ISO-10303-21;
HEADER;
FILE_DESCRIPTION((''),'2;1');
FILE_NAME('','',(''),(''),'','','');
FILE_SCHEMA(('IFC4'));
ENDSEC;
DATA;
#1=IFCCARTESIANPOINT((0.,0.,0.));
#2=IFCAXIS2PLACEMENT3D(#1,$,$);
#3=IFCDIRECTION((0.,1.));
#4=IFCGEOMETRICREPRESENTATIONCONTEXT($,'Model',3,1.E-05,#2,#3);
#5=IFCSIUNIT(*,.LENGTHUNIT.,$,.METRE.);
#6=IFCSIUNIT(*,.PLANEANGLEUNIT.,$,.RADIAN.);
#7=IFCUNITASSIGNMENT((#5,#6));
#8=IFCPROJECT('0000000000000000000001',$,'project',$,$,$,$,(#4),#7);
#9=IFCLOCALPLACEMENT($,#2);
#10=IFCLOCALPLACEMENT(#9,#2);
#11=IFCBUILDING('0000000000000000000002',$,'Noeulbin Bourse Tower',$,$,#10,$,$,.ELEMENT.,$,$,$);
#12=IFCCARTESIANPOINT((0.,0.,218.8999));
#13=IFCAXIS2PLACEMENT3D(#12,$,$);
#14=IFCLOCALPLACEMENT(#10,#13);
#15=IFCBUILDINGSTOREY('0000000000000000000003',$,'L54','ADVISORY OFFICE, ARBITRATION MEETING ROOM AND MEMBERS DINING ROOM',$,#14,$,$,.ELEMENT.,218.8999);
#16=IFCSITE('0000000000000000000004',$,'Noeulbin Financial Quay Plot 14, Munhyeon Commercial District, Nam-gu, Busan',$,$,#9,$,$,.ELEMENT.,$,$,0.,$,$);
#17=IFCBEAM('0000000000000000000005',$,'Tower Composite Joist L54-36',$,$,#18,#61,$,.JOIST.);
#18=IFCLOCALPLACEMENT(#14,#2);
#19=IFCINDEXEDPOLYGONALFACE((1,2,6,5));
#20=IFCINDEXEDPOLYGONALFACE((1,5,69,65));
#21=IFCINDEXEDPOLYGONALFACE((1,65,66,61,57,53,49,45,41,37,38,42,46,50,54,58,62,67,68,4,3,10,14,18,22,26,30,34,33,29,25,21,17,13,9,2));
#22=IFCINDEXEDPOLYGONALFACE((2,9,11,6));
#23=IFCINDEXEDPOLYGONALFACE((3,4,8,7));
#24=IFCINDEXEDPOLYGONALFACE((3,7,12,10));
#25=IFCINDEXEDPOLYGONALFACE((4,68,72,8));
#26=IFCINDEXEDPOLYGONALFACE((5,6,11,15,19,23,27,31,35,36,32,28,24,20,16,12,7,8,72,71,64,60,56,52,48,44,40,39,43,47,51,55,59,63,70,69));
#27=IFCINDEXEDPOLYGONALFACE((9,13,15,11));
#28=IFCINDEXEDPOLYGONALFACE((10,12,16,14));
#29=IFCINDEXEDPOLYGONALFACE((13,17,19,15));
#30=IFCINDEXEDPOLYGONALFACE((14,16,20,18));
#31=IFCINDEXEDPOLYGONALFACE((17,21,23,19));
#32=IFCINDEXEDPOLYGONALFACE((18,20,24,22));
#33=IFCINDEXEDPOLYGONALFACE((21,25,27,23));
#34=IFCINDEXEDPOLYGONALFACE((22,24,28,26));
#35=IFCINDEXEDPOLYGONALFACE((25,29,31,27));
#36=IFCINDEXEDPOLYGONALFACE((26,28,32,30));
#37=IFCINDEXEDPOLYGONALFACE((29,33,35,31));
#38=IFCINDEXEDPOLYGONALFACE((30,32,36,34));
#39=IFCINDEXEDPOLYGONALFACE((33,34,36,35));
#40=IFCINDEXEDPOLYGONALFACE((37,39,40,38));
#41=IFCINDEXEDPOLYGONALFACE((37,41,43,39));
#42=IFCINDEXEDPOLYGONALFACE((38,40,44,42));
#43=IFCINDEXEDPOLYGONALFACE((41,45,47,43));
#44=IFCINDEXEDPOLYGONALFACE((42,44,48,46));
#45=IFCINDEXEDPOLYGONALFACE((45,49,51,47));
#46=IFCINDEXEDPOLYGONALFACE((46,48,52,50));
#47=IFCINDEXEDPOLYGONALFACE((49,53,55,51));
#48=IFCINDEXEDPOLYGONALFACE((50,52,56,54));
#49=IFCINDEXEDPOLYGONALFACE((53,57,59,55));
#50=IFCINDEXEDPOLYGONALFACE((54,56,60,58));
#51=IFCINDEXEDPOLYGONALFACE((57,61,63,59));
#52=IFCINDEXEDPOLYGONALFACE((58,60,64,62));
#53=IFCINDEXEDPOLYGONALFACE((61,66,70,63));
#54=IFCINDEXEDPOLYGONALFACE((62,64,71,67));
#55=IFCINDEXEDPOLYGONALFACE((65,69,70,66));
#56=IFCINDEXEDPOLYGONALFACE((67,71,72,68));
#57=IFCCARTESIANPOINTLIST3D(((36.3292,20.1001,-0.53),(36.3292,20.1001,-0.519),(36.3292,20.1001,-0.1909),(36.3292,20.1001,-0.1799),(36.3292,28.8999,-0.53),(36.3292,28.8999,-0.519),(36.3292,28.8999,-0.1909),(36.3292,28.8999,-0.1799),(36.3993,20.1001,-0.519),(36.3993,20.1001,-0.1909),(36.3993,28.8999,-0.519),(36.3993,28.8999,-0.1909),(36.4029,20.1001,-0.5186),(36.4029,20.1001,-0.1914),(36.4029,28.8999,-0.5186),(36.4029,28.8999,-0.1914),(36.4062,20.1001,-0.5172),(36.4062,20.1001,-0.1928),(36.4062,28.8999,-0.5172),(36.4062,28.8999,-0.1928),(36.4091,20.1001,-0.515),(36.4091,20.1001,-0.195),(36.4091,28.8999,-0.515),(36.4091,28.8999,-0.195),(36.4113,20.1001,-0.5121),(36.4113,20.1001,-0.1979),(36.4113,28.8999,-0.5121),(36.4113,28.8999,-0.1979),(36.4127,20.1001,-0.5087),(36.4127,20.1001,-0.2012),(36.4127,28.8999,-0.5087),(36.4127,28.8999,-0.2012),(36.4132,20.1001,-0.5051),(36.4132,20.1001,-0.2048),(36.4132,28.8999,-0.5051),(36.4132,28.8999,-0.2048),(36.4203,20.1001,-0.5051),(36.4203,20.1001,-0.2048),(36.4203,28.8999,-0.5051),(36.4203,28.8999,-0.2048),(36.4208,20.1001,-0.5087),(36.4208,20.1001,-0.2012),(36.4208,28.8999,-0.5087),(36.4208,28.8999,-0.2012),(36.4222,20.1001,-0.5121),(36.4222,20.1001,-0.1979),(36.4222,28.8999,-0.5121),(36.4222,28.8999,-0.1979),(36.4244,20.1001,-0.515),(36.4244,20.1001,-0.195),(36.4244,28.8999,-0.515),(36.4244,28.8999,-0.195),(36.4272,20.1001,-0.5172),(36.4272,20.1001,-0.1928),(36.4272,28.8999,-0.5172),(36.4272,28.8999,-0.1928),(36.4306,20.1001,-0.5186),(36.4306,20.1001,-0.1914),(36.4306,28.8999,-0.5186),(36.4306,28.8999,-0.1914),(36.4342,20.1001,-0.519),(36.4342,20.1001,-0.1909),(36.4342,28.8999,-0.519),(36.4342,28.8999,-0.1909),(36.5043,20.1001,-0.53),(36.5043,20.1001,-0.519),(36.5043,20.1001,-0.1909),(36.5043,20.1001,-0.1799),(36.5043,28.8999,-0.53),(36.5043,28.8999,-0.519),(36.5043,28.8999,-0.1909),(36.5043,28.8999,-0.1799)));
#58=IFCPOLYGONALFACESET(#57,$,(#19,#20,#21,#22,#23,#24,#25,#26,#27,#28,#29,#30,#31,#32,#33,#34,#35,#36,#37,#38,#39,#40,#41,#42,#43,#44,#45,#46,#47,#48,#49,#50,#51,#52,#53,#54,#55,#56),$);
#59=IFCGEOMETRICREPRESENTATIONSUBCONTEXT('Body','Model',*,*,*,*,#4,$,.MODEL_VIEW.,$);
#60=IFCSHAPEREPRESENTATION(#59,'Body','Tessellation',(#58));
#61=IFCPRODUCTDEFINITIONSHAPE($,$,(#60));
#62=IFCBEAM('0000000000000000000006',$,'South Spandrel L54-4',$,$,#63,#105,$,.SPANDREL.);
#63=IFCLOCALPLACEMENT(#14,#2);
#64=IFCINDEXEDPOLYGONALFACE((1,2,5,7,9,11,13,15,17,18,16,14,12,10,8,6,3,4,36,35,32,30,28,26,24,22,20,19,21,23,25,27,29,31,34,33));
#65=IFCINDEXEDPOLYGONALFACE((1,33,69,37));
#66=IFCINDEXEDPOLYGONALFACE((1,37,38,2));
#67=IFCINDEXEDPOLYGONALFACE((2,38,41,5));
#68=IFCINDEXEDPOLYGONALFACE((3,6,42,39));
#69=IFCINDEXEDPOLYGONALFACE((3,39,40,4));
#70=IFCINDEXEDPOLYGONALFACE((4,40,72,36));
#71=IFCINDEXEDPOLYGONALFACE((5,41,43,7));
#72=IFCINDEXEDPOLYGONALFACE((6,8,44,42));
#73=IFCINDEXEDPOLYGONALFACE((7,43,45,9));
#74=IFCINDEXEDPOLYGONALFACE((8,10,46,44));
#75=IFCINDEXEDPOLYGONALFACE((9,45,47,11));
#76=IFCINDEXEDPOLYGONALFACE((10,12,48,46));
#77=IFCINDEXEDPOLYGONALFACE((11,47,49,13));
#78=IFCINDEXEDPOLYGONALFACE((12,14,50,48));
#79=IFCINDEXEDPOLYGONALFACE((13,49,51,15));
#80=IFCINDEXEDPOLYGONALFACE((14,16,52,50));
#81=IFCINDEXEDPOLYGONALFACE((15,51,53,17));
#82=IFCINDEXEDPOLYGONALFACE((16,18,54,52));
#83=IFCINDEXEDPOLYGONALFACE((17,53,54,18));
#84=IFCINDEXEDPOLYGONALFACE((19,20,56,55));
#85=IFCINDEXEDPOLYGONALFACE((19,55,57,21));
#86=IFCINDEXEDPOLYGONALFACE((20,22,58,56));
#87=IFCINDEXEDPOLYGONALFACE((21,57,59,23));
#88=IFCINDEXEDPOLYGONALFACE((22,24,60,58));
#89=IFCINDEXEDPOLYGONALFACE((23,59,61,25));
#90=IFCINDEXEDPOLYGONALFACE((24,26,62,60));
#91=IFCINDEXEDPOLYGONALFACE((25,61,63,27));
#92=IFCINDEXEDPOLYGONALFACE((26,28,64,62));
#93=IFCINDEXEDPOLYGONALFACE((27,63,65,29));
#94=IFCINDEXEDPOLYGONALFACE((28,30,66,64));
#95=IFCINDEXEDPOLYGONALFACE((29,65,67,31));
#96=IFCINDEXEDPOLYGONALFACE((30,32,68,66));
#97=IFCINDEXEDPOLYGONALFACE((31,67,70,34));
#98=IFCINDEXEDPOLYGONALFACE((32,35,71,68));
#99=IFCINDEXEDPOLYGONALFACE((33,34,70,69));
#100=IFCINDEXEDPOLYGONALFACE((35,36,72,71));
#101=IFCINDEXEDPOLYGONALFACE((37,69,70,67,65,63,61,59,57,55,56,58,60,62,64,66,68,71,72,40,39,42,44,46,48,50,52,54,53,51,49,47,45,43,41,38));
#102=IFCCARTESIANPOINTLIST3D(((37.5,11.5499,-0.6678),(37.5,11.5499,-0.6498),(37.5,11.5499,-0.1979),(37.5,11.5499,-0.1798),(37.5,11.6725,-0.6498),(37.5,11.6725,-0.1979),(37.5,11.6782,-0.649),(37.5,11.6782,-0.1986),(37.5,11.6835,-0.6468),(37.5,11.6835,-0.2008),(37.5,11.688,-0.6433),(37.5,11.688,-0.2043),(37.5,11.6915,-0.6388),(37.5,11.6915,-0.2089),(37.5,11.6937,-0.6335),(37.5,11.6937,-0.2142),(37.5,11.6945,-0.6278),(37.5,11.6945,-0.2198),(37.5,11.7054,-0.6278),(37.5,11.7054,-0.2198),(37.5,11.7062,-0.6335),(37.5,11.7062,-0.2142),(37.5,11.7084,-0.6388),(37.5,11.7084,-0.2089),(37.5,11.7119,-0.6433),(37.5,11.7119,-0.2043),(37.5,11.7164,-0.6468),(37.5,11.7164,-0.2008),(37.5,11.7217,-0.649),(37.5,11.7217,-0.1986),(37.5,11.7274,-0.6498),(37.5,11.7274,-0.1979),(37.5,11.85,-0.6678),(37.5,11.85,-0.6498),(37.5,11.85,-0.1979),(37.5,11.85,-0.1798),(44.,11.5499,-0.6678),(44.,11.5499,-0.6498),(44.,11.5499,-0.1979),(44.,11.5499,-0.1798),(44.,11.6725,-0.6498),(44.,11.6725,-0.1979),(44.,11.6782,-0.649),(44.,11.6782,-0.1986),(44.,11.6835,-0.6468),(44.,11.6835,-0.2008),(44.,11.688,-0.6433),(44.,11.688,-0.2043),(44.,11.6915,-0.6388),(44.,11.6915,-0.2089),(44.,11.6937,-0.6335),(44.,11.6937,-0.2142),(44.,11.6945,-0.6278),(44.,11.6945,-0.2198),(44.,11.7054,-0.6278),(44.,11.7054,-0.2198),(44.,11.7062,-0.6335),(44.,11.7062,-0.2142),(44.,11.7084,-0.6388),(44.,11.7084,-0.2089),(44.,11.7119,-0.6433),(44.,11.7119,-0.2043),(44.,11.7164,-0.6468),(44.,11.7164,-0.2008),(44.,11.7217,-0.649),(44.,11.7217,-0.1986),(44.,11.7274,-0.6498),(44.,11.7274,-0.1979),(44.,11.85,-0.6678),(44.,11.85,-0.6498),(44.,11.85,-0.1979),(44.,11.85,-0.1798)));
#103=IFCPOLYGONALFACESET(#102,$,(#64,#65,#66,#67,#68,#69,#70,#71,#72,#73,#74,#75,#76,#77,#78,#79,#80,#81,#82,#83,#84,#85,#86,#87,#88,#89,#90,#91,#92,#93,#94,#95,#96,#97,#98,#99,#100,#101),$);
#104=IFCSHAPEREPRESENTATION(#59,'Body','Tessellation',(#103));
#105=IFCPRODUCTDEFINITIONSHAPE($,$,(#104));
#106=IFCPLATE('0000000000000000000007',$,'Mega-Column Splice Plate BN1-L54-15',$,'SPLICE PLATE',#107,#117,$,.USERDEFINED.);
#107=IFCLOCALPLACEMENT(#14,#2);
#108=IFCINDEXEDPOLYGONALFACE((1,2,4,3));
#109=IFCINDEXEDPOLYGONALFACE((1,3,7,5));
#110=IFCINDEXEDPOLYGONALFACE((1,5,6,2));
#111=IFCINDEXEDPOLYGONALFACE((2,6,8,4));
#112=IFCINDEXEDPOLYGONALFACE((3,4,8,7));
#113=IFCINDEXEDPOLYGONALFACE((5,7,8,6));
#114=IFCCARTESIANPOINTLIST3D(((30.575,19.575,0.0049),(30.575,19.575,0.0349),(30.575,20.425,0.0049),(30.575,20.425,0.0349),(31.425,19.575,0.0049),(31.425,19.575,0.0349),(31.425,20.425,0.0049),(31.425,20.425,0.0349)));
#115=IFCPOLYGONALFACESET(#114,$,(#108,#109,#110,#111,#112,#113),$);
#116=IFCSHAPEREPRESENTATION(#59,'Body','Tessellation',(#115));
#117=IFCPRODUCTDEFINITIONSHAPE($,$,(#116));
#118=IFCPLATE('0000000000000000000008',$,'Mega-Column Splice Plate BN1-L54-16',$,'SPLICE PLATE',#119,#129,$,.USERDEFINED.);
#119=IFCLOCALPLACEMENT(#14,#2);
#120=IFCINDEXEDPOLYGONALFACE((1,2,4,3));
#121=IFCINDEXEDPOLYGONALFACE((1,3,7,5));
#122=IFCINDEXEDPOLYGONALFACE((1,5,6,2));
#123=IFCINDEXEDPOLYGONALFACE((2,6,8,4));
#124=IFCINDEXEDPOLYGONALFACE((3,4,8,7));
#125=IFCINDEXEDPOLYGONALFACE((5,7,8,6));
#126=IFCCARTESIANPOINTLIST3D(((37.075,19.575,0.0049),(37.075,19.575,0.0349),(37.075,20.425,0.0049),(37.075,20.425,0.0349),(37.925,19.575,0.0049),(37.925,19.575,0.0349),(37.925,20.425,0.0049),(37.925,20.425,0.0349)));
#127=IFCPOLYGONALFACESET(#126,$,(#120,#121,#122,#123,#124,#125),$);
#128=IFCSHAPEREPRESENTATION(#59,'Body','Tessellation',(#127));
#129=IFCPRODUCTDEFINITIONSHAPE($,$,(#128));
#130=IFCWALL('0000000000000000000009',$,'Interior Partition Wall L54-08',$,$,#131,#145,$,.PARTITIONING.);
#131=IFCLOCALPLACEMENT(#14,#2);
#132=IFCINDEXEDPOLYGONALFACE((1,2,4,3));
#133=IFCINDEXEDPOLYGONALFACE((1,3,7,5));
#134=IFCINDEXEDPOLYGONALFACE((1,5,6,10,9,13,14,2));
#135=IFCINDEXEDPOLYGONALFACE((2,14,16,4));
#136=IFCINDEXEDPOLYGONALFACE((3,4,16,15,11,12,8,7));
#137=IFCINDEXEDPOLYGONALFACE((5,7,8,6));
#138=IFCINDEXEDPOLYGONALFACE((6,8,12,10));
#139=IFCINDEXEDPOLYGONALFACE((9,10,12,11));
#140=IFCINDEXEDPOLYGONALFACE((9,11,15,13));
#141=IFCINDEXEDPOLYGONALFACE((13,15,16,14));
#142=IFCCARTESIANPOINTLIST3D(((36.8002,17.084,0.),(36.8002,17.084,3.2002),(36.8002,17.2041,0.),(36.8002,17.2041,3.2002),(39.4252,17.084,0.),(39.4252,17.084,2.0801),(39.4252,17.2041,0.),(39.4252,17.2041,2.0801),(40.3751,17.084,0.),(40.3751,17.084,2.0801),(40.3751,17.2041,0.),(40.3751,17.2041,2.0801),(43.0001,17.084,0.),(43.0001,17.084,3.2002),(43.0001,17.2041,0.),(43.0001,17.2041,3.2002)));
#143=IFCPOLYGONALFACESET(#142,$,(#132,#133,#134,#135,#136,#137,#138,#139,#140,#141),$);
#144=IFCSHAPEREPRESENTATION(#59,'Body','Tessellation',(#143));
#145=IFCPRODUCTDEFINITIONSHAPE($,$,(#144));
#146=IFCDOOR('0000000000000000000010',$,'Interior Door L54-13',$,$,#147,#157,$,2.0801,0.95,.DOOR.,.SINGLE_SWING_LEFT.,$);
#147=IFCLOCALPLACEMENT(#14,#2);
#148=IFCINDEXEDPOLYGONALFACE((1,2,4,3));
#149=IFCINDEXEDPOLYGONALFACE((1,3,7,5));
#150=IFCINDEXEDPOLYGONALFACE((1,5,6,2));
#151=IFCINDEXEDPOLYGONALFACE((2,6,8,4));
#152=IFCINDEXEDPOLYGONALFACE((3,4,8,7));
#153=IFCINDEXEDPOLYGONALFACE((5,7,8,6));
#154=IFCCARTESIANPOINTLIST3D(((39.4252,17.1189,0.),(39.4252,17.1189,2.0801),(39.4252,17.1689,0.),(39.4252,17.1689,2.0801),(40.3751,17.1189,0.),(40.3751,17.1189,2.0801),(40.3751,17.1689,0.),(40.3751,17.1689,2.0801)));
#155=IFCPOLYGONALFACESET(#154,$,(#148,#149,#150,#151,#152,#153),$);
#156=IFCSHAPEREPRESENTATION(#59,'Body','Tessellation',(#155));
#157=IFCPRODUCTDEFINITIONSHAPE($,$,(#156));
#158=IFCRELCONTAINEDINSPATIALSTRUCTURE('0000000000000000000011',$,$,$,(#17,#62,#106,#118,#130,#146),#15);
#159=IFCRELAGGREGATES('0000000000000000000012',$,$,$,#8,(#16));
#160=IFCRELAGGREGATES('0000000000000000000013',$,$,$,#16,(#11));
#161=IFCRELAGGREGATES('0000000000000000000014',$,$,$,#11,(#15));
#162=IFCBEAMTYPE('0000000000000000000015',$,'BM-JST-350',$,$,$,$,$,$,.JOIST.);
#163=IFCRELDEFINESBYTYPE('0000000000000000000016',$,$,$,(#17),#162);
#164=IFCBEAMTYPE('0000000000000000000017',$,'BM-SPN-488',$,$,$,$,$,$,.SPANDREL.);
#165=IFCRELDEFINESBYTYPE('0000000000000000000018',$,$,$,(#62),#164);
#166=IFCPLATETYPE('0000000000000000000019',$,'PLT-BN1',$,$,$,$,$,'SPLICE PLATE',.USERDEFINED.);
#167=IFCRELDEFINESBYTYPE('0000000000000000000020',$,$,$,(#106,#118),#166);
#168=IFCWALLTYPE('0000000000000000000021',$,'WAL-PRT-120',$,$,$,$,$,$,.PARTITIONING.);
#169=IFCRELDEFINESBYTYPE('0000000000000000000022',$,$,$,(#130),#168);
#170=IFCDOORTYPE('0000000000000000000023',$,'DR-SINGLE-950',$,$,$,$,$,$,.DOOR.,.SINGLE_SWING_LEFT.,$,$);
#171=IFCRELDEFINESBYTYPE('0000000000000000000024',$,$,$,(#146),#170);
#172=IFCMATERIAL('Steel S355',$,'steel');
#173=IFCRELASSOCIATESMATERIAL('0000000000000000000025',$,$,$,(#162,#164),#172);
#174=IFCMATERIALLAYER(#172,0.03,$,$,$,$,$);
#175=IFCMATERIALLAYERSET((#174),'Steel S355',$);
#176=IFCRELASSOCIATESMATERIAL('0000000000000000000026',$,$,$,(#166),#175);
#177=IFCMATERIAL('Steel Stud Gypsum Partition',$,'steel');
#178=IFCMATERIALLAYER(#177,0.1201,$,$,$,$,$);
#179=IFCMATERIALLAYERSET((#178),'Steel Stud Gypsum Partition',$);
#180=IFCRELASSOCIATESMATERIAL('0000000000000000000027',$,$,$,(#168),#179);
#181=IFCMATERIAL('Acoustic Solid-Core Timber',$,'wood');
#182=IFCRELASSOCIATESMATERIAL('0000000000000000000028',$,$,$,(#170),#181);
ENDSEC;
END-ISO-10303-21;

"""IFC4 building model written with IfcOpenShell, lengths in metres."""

from ifc_helpers import new_model, si_unit, direction, frame, frame_2d, origin, origin_2d, place, context, subcontext, project, spatial, rectangle, i_section, extrude, material, layer, layer_set, material_profile, profile_set, type_object, element, fill, save


model = new_model("IFC4")

# Units and contexts
model_context = context("Model", 3, precision=1e-05, world=origin(), true_north=direction((0.0, 1.0)))
body_context = subcontext(model_context, "Body", "Model", "MODEL_VIEW")
ifc_project = project(units=[si_unit("LENGTHUNIT", "METRE"), si_unit("PLANEANGLEUNIT", "RADIAN")], contexts=[model_context])

# Site, building, storey
site_placement = place(None, origin())
site = spatial("IfcSite", under=ifc_project, at=site_placement, Name="Noeulbin Financial Quay Plot 14, Munhyeon Commercial District, Nam-gu, Busan", CompositionType="ELEMENT", RefElevation=0.0)
building_placement = place(site_placement, origin())
building = spatial("IfcBuilding", under=site, at=building_placement, Name="Noeulbin Bourse Tower", CompositionType="ELEMENT")
storey_placement = place(building_placement, frame((0.0, 0.0, 218.8999)))
storey = spatial("IfcBuildingStorey", under=building, at=storey_placement, Name="L54", Description="ADVISORY OFFICE, ARBITRATION MEETING ROOM AND MEMBERS DINING ROOM", CompositionType="ELEMENT", Elevation=218.8999)

# Shared definitions
ifc_material_1 = material(Name="Steel S355", Category="steel")

# Beams
ifc_material_profile_1 = material_profile(ifc_material_1, i_section(OverallWidth=0.175, OverallDepth=0.3501, WebThickness=0.0071, FlangeThickness=0.011, FilletRadius=0.0139, at=origin_2d()), Name="H-350x175x7x11", Category="LoadBearing")
ifc_profile_set_1 = profile_set([ifc_material_profile_1], Name="Steel S355")
beam_type_1 = type_object("IfcBeamType", Name="BM-JST-350", PredefinedType="JOIST", material=ifc_profile_set_1)
beam_1_placement = place(storey_placement, frame((36.4167, 20.1001, -0.355), z_axis=(0.0, 1.0, 0.0), x_axis=(-1.0, 0.0, 0.0)))
element("IfcBeam", 1, at=beam_1_placement, inside=storey, type_object=beam_type_1, Name="Tower Composite Joist L54-36", PredefinedType="JOIST", context=body_context, shape_type="SweptSolid", body=[
    extrude(i_section(OverallWidth=0.175, OverallDepth=0.3501, WebThickness=0.0071, FlangeThickness=0.011, FilletRadius=0.0139, at=origin_2d()), origin(), (0.0, 0.0, 1.0), 8.7998),
])
ifc_material_profile_2 = material_profile(ifc_material_1, i_section(OverallWidth=0.3, OverallDepth=0.488, WebThickness=0.011, FlangeThickness=0.0181, FilletRadius=0.022, at=origin_2d()), Name="H-488x300x11x18", Category="LoadBearing")
ifc_profile_set_2 = profile_set([ifc_material_profile_2], Name="Steel S355")
beam_type_2 = type_object("IfcBeamType", Name="BM-SPN-488", PredefinedType="SPANDREL", material=ifc_profile_set_2)
beam_2_placement = place(storey_placement, frame((37.5, 11.7, -0.4238), z_axis=(1.0, 0.0, 0.0), x_axis=(0.0, 1.0, 0.0)))
element("IfcBeam", 2, at=beam_2_placement, inside=storey, type_object=beam_type_2, Name="South Spandrel L54-4", PredefinedType="SPANDREL", context=body_context, shape_type="SweptSolid", body=[
    extrude(i_section(OverallWidth=0.3, OverallDepth=0.488, WebThickness=0.011, FlangeThickness=0.0181, FilletRadius=0.022, at=origin_2d()), origin(), (0.0, 0.0, 1.0), 6.5),
])

# Plates
ifc_layer_1 = layer(ifc_material_1, 0.03)
ifc_layer_set_1 = layer_set([ifc_layer_1], Name="Steel S355")
plate_type = type_object("IfcPlateType", Name="PLT-BN1", ElementType="SPLICE PLATE", PredefinedType="USERDEFINED", material=ifc_layer_set_1)
for number, where, z_axis, x_axis, name in (
    (3, (31.0, 20.0, 0.0049), (0.0, 0.0, 1.0), (1.0, 0.0, 0.0), "Mega-Column Splice Plate BN1-L54-15"),
    (4, (37.5, 20.0, 0.0049), (0.0, 0.0, 1.0), (1.0, 0.0, 0.0), "Mega-Column Splice Plate BN1-L54-16"),
):
    element("IfcPlate", number, at=place(storey_placement, frame(where, z_axis=z_axis, x_axis=x_axis)), inside=storey, type_object=plate_type, Name=name, ObjectType="SPLICE PLATE", PredefinedType="USERDEFINED", context=body_context, shape_type="SweptSolid", body=[
        extrude(rectangle(XDim=0.8501, YDim=0.8501, at=origin_2d()), origin(), (0.0, 0.0, 1.0), 0.03),
    ])

# Wall, opening, door
ifc_material_2 = material(Name="Steel Stud Gypsum Partition", Category="steel")
ifc_layer_2 = layer(ifc_material_2, 0.1201)
ifc_layer_set_2 = layer_set([ifc_layer_2], Name="Steel Stud Gypsum Partition")
wall_type = type_object("IfcWallType", Name="WAL-PRT-120", PredefinedType="PARTITIONING", material=ifc_layer_set_2)
wall_placement = place(storey_placement, frame((36.8, 17.144, 0.0), z_axis=(0.0, 0.0, 1.0), x_axis=(1.0, 0.0, 0.0)))
wall = element("IfcWall", 5, at=wall_placement, inside=storey, type_object=wall_type, Name="Interior Partition Wall L54-08", PredefinedType="PARTITIONING", context=body_context, shape_type="SweptSolid", body=[
    extrude(rectangle(XDim=6.2, YDim=0.1201, at=frame_2d((3.1001, 0.0))), origin(), (0.0, 0.0, 1.0), 3.2002),
])
opening_placement = place(wall_placement, frame((2.625, 0.0, 0.0)))
opening = element("IfcOpeningElement", 6, at=opening_placement, cuts=wall, PredefinedType="OPENING", context=body_context, shape_type="SweptSolid", body=[
    extrude(rectangle(XDim=0.95, YDim=2.0801, at=frame_2d((0.4751, 1.04))), frame((0.0, 0.0701, 0.0), z_axis=(0.0, -1.0, 0.0), x_axis=(1.0, 0.0, 0.0)), (0.0, 0.0, 1.0), 0.1401),
])
ifc_material_3 = material(Name="Acoustic Solid-Core Timber", Category="wood")
door_type = type_object("IfcDoorType", Name="DR-SINGLE-950", OperationType="SINGLE_SWING_LEFT", PredefinedType="DOOR", material=ifc_material_3)
door_placement = place(opening_placement, origin())
door = element("IfcDoor", 7, at=door_placement, inside=storey, type_object=door_type, Name="Interior Door L54-13", OperationType="SINGLE_SWING_LEFT", OverallHeight=2.0801, OverallWidth=0.95, PredefinedType="DOOR", context=body_context, shape_type="SweptSolid", body=[
    extrude(rectangle(XDim=0.95, YDim=2.0801, at=frame_2d((0.4751, 1.04))), frame((0.0, 0.0249, 0.0), z_axis=(0.0, -1.0, 0.0), x_axis=(1.0, 0.0, 0.0)), (0.0, 0.0, 1.0), 0.05),
])
fill(opening, door)

save(model, "model.ifc")
